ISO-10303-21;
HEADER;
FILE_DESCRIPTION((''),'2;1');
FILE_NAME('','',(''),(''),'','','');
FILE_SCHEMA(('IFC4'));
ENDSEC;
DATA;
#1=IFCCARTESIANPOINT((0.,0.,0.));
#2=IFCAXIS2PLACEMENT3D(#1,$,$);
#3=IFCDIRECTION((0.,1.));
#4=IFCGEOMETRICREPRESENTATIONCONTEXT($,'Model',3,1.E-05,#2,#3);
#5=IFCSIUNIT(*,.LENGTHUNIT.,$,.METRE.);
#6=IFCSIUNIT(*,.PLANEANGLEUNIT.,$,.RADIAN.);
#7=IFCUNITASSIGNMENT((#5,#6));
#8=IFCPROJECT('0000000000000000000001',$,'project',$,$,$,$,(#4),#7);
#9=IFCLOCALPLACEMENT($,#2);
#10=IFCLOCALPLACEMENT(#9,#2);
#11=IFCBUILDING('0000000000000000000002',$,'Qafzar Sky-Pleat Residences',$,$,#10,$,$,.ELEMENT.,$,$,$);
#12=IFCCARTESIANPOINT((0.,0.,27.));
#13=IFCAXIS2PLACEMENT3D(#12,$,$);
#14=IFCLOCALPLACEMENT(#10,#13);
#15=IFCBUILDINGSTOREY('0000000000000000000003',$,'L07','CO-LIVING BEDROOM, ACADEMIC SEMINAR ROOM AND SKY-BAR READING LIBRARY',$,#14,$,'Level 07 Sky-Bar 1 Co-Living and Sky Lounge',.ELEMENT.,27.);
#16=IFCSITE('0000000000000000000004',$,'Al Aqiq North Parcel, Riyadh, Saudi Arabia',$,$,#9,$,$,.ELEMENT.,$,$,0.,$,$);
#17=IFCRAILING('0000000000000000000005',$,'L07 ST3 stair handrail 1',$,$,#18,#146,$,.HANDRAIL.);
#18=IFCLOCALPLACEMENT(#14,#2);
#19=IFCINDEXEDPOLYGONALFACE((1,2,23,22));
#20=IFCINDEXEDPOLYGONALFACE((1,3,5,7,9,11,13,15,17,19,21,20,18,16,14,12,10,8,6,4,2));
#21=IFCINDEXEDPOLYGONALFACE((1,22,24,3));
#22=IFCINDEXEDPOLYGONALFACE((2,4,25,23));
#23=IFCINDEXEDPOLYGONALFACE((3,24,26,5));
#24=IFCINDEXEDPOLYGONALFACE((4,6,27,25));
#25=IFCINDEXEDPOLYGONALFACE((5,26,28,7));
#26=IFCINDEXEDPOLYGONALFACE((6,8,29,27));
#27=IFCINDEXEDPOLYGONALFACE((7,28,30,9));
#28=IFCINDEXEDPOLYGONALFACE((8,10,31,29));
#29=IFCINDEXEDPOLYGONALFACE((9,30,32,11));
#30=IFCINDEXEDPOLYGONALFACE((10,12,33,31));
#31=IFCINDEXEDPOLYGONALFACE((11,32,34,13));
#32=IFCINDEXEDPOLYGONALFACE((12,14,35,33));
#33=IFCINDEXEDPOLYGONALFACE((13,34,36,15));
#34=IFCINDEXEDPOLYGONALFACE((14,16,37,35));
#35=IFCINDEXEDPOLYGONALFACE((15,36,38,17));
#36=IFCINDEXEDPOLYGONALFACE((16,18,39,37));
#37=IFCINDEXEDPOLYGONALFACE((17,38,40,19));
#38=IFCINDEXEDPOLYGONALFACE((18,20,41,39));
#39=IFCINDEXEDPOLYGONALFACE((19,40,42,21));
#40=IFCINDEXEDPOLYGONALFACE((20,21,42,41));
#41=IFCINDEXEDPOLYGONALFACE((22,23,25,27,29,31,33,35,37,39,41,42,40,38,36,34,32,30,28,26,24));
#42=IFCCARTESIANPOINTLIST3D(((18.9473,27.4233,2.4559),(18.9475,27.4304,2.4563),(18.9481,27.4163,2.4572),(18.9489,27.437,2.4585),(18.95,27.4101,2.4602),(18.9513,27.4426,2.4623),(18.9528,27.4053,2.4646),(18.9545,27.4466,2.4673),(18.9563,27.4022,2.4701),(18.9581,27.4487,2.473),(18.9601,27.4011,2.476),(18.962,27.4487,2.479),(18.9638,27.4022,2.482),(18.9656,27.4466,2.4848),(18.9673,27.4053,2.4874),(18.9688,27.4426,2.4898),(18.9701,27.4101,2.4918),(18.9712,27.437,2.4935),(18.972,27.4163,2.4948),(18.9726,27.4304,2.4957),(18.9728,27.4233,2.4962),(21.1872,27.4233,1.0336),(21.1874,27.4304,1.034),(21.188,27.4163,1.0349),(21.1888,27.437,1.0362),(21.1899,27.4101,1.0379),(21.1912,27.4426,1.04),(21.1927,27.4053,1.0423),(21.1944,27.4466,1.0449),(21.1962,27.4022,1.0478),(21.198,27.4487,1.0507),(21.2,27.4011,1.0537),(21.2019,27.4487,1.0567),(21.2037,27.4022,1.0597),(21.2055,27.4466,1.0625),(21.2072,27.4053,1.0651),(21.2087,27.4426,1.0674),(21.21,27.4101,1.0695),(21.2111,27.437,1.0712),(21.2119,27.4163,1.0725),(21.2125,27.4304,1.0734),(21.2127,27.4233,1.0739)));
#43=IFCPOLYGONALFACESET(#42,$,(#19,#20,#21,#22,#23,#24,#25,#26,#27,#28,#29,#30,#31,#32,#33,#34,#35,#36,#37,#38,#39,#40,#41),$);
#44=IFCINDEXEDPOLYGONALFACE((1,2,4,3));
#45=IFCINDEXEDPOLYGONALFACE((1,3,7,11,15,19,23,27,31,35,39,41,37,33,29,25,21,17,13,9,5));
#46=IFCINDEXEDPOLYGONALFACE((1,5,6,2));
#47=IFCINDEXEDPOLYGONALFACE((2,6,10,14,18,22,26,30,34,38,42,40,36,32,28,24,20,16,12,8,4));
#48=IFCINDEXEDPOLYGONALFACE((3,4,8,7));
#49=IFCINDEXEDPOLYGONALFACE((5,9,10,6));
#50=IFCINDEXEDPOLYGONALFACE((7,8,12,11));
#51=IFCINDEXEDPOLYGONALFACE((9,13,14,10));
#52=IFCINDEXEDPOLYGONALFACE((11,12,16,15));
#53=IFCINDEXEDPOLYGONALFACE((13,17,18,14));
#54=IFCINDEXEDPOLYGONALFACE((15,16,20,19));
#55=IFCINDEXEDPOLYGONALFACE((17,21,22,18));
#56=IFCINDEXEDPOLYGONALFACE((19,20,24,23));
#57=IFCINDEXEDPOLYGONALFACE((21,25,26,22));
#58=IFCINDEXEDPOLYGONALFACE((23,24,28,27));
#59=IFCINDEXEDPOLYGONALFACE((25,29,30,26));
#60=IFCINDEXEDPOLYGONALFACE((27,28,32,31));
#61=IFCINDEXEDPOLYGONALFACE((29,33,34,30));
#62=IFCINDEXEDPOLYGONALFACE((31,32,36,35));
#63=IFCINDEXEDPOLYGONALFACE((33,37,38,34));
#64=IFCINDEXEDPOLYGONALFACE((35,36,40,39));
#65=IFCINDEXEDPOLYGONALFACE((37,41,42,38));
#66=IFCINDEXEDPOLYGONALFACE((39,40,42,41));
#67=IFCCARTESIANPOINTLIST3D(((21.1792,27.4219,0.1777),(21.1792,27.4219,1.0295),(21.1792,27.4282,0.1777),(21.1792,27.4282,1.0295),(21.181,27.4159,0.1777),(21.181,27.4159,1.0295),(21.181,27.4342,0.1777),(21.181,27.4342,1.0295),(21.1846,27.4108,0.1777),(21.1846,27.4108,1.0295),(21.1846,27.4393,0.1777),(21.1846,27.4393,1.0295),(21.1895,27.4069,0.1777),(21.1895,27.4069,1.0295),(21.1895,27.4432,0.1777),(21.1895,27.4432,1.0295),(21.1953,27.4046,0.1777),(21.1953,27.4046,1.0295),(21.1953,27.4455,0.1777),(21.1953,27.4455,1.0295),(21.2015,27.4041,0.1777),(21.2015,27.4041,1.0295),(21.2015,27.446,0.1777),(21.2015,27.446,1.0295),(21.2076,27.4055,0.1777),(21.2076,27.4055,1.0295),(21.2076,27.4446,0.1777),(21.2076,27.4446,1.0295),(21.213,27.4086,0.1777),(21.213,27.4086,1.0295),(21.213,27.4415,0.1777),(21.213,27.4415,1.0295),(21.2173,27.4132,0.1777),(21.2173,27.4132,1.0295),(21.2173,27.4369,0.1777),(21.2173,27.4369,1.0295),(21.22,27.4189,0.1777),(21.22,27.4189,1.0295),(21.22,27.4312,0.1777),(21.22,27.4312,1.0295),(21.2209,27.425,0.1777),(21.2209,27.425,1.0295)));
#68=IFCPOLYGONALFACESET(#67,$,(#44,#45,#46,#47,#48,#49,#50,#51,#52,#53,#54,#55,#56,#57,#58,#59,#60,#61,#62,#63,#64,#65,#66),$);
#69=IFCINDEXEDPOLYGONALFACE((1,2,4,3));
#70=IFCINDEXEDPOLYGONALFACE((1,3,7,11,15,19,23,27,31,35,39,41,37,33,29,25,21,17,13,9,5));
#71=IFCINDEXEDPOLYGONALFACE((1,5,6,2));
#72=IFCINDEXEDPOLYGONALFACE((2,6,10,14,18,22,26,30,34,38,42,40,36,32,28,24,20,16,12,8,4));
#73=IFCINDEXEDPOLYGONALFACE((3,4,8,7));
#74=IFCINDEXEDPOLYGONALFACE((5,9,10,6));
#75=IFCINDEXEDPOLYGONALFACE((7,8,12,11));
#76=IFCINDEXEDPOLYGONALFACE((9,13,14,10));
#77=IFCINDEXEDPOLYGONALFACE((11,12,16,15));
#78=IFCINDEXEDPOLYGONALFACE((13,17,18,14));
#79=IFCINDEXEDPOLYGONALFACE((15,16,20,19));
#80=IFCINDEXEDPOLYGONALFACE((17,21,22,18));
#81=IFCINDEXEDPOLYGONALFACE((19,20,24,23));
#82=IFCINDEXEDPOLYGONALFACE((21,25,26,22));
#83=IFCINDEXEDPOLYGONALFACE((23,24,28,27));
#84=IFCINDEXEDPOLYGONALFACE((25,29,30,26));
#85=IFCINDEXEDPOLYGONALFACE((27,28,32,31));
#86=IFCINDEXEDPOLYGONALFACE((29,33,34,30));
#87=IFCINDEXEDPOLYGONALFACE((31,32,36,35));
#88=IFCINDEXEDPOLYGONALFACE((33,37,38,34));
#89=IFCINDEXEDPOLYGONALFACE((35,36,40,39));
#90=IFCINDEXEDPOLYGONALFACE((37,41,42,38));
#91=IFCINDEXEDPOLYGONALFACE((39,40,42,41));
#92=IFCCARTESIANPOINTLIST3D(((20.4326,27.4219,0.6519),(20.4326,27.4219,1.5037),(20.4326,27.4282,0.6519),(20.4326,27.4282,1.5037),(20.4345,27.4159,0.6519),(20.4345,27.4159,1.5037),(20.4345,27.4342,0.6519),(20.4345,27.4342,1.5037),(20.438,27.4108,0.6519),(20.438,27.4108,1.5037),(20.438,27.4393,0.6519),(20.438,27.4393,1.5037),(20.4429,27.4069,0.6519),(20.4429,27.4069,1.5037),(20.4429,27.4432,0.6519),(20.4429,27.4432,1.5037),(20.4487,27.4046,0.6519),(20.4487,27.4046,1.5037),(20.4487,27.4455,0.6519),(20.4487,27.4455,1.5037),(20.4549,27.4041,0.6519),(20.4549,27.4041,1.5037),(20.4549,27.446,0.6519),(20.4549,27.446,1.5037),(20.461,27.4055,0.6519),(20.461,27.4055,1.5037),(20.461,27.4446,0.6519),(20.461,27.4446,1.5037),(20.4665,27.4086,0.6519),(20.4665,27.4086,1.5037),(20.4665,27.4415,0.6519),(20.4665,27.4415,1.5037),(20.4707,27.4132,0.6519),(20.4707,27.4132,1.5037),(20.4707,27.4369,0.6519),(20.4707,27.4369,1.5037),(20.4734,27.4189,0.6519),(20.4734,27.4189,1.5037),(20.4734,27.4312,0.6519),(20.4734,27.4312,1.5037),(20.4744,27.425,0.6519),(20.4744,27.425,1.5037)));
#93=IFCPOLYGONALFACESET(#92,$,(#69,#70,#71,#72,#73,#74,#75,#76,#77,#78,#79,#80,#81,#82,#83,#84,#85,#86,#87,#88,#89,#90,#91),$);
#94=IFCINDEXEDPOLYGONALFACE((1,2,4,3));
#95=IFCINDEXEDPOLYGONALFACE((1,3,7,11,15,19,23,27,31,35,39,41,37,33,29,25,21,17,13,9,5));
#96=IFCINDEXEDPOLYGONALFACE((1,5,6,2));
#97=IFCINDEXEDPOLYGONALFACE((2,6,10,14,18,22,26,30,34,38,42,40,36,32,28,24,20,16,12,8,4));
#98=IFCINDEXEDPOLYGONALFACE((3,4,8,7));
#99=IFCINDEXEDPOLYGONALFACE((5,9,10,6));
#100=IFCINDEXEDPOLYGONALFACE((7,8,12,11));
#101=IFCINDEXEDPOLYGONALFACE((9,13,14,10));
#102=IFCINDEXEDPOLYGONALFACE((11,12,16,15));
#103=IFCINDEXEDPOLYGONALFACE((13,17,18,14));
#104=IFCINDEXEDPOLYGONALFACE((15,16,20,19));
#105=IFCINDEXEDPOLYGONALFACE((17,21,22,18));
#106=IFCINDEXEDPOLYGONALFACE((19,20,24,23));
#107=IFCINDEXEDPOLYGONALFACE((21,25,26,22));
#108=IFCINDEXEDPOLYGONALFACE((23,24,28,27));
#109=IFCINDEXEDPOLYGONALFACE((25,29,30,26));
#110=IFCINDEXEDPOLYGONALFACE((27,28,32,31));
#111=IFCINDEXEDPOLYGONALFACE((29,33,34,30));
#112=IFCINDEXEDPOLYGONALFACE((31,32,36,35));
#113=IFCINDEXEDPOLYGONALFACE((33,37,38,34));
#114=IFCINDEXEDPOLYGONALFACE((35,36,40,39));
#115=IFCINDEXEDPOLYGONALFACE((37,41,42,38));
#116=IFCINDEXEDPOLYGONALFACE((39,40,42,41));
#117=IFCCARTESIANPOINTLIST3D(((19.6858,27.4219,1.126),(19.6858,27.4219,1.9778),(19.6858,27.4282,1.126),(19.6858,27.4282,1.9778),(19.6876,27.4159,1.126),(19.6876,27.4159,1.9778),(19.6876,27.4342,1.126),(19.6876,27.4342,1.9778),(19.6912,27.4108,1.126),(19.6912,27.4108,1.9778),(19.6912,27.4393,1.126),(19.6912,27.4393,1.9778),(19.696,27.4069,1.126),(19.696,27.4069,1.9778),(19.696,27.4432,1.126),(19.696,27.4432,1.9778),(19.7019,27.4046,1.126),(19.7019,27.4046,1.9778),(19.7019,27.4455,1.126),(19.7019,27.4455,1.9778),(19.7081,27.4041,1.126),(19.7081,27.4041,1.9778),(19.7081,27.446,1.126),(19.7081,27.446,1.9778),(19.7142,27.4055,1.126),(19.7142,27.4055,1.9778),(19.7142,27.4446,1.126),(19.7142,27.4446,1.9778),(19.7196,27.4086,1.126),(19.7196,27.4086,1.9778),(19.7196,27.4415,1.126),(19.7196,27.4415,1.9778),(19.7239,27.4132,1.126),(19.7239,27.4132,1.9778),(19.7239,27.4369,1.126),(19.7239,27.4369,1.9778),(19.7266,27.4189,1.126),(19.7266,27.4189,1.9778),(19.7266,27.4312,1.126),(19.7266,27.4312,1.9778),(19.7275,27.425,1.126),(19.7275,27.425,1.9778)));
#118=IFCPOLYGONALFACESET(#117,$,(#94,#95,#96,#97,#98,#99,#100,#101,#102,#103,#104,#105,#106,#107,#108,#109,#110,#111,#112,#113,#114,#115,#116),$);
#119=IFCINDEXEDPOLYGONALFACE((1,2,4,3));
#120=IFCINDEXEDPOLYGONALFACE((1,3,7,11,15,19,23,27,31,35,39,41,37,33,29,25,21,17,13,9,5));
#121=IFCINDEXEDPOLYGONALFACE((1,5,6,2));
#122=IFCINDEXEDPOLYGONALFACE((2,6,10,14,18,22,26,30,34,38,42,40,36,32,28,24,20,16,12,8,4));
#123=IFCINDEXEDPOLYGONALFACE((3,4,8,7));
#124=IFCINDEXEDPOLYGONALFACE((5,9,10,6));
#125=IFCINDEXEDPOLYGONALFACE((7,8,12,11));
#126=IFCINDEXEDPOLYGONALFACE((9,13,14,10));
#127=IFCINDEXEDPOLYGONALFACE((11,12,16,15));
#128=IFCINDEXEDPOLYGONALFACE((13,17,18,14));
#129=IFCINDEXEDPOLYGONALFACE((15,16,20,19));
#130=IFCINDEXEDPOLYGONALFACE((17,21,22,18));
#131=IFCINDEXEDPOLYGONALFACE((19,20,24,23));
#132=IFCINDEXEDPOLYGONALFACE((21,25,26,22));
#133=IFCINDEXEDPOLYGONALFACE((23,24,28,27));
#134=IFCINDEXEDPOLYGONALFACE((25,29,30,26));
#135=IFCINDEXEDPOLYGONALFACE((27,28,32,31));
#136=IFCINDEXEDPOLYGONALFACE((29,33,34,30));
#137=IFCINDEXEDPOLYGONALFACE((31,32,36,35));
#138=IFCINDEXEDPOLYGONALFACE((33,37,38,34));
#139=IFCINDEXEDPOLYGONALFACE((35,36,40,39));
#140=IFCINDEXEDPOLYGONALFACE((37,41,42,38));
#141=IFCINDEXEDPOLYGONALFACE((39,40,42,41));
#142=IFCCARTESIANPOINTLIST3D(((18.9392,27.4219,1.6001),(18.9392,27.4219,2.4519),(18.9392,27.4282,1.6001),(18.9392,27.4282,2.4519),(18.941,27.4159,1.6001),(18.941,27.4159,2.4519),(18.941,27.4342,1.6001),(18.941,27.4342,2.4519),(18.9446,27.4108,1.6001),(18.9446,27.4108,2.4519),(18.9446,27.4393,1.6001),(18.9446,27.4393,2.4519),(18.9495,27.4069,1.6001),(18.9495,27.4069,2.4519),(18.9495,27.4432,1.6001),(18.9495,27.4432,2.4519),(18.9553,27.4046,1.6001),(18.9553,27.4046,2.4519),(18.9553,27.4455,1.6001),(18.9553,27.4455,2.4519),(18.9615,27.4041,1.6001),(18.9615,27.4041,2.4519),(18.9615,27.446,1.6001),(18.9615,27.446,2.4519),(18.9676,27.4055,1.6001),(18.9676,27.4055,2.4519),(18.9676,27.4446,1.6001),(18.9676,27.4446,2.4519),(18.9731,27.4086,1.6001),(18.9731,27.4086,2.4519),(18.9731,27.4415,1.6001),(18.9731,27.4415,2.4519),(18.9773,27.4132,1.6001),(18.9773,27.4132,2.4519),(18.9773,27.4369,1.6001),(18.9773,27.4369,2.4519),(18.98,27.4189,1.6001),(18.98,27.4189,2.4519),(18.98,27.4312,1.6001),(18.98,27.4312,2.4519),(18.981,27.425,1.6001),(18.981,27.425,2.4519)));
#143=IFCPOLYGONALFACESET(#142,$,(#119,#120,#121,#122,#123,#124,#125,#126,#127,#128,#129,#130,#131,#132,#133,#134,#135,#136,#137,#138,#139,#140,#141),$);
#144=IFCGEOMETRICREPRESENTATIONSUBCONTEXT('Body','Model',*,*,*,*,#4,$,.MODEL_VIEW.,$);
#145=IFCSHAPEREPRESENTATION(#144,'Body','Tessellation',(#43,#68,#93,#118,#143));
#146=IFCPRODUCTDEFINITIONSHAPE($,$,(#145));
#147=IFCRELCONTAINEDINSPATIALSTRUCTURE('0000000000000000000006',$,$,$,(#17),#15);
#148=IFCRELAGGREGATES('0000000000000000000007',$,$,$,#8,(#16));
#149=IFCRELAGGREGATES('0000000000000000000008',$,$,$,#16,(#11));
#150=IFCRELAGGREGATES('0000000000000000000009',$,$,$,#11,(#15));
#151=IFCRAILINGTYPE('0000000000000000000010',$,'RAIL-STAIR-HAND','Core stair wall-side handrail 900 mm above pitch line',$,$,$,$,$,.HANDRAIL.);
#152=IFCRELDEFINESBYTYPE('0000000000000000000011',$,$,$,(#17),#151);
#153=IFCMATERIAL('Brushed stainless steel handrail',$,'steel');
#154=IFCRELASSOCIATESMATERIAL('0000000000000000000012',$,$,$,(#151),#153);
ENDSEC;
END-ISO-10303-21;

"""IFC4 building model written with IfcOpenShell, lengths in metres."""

from ifc_helpers import new_model, si_unit, direction, frame, origin, origin_2d, place, context, subcontext, project, spatial, circle, extrude, source, transform, mapped, material, type_object, element, save


model = new_model("IFC4")

# Units and contexts
model_context = context("Model", 3, precision=1e-05, world=origin(), true_north=direction((0.0, 1.0)))
body_context = subcontext(model_context, "Body", "Model", "MODEL_VIEW")
ifc_project = project(units=[si_unit("LENGTHUNIT", "METRE"), si_unit("PLANEANGLEUNIT", "RADIAN")], contexts=[model_context])

# Site, building, storey
site_placement = place(None, origin())
site = spatial("IfcSite", under=ifc_project, at=site_placement, Name="Al Aqiq North Parcel, Riyadh, Saudi Arabia", CompositionType="ELEMENT", RefElevation=0.0)
building_placement = place(site_placement, origin())
building = spatial("IfcBuilding", under=site, at=building_placement, Name="Qafzar Sky-Pleat Residences", CompositionType="ELEMENT")
storey_placement = place(building_placement, frame((0.0, 0.0, 27.0)))
storey = spatial("IfcBuildingStorey", under=building, at=storey_placement, Name="L07", Description="CO-LIVING BEDROOM, ACADEMIC SEMINAR ROOM AND SKY-BAR READING LIBRARY", LongName="Level 07 Sky-Bar 1 Co-Living and Sky Lounge", CompositionType="ELEMENT", Elevation=27.0)

# Railing
ifc_material_1 = material(Name="Brushed stainless steel handrail", Category="steel")
railing_type = type_object("IfcRailingType", Name="RAIL-STAIR-HAND", Description="Core stair wall-side handrail 900 mm above pitch line", PredefinedType="HANDRAIL", material=ifc_material_1)
shared_shape_1 = source(origin(), body_context, "Body", "SweptSolid", [
    extrude(circle(Radius=0.0239, at=origin_2d()), frame((0.0, 0.0, 0.876), z_axis=(-0.844188, 0.0, 0.536048), x_axis=(0.0, -1.0, 0.0)), (0.0, 0.0, 1.0), 2.6533),
    extrude(circle(Radius=0.021, at=origin_2d()), origin(), (0.0, 0.0, 1.0), 0.8518),
    extrude(circle(Radius=0.021, at=origin_2d()), frame((-0.7466, 0.0, 0.4741)), (0.0, 0.0, 1.0), 0.8518),
    extrude(circle(Radius=0.021, at=origin_2d()), frame((-1.4934, 0.0, 0.9482)), (0.0, 0.0, 1.0), 0.8518),
    extrude(circle(Radius=0.021, at=origin_2d()), frame((-2.24, 0.0, 1.4224)), (0.0, 0.0, 1.0), 0.8518),
])
railing_placement = place(storey_placement, frame((21.2, 27.425, 0.1777)))
element("IfcRailing", 1, at=railing_placement, inside=storey, type_object=railing_type, Name="L07 ST3 stair handrail 1", PredefinedType="HANDRAIL", context=body_context, shape_type="MappedRepresentation", body=[
    mapped(shared_shape_1, transform((0.0, 0.0, 0.0), x_axis=(1.0, 0.0, 0.0), y_axis=(0.0, 1.0, 0.0), z_axis=(0.0, 0.0, 1.0), scale=1.0)),
])

save(model, "model.ifc")
